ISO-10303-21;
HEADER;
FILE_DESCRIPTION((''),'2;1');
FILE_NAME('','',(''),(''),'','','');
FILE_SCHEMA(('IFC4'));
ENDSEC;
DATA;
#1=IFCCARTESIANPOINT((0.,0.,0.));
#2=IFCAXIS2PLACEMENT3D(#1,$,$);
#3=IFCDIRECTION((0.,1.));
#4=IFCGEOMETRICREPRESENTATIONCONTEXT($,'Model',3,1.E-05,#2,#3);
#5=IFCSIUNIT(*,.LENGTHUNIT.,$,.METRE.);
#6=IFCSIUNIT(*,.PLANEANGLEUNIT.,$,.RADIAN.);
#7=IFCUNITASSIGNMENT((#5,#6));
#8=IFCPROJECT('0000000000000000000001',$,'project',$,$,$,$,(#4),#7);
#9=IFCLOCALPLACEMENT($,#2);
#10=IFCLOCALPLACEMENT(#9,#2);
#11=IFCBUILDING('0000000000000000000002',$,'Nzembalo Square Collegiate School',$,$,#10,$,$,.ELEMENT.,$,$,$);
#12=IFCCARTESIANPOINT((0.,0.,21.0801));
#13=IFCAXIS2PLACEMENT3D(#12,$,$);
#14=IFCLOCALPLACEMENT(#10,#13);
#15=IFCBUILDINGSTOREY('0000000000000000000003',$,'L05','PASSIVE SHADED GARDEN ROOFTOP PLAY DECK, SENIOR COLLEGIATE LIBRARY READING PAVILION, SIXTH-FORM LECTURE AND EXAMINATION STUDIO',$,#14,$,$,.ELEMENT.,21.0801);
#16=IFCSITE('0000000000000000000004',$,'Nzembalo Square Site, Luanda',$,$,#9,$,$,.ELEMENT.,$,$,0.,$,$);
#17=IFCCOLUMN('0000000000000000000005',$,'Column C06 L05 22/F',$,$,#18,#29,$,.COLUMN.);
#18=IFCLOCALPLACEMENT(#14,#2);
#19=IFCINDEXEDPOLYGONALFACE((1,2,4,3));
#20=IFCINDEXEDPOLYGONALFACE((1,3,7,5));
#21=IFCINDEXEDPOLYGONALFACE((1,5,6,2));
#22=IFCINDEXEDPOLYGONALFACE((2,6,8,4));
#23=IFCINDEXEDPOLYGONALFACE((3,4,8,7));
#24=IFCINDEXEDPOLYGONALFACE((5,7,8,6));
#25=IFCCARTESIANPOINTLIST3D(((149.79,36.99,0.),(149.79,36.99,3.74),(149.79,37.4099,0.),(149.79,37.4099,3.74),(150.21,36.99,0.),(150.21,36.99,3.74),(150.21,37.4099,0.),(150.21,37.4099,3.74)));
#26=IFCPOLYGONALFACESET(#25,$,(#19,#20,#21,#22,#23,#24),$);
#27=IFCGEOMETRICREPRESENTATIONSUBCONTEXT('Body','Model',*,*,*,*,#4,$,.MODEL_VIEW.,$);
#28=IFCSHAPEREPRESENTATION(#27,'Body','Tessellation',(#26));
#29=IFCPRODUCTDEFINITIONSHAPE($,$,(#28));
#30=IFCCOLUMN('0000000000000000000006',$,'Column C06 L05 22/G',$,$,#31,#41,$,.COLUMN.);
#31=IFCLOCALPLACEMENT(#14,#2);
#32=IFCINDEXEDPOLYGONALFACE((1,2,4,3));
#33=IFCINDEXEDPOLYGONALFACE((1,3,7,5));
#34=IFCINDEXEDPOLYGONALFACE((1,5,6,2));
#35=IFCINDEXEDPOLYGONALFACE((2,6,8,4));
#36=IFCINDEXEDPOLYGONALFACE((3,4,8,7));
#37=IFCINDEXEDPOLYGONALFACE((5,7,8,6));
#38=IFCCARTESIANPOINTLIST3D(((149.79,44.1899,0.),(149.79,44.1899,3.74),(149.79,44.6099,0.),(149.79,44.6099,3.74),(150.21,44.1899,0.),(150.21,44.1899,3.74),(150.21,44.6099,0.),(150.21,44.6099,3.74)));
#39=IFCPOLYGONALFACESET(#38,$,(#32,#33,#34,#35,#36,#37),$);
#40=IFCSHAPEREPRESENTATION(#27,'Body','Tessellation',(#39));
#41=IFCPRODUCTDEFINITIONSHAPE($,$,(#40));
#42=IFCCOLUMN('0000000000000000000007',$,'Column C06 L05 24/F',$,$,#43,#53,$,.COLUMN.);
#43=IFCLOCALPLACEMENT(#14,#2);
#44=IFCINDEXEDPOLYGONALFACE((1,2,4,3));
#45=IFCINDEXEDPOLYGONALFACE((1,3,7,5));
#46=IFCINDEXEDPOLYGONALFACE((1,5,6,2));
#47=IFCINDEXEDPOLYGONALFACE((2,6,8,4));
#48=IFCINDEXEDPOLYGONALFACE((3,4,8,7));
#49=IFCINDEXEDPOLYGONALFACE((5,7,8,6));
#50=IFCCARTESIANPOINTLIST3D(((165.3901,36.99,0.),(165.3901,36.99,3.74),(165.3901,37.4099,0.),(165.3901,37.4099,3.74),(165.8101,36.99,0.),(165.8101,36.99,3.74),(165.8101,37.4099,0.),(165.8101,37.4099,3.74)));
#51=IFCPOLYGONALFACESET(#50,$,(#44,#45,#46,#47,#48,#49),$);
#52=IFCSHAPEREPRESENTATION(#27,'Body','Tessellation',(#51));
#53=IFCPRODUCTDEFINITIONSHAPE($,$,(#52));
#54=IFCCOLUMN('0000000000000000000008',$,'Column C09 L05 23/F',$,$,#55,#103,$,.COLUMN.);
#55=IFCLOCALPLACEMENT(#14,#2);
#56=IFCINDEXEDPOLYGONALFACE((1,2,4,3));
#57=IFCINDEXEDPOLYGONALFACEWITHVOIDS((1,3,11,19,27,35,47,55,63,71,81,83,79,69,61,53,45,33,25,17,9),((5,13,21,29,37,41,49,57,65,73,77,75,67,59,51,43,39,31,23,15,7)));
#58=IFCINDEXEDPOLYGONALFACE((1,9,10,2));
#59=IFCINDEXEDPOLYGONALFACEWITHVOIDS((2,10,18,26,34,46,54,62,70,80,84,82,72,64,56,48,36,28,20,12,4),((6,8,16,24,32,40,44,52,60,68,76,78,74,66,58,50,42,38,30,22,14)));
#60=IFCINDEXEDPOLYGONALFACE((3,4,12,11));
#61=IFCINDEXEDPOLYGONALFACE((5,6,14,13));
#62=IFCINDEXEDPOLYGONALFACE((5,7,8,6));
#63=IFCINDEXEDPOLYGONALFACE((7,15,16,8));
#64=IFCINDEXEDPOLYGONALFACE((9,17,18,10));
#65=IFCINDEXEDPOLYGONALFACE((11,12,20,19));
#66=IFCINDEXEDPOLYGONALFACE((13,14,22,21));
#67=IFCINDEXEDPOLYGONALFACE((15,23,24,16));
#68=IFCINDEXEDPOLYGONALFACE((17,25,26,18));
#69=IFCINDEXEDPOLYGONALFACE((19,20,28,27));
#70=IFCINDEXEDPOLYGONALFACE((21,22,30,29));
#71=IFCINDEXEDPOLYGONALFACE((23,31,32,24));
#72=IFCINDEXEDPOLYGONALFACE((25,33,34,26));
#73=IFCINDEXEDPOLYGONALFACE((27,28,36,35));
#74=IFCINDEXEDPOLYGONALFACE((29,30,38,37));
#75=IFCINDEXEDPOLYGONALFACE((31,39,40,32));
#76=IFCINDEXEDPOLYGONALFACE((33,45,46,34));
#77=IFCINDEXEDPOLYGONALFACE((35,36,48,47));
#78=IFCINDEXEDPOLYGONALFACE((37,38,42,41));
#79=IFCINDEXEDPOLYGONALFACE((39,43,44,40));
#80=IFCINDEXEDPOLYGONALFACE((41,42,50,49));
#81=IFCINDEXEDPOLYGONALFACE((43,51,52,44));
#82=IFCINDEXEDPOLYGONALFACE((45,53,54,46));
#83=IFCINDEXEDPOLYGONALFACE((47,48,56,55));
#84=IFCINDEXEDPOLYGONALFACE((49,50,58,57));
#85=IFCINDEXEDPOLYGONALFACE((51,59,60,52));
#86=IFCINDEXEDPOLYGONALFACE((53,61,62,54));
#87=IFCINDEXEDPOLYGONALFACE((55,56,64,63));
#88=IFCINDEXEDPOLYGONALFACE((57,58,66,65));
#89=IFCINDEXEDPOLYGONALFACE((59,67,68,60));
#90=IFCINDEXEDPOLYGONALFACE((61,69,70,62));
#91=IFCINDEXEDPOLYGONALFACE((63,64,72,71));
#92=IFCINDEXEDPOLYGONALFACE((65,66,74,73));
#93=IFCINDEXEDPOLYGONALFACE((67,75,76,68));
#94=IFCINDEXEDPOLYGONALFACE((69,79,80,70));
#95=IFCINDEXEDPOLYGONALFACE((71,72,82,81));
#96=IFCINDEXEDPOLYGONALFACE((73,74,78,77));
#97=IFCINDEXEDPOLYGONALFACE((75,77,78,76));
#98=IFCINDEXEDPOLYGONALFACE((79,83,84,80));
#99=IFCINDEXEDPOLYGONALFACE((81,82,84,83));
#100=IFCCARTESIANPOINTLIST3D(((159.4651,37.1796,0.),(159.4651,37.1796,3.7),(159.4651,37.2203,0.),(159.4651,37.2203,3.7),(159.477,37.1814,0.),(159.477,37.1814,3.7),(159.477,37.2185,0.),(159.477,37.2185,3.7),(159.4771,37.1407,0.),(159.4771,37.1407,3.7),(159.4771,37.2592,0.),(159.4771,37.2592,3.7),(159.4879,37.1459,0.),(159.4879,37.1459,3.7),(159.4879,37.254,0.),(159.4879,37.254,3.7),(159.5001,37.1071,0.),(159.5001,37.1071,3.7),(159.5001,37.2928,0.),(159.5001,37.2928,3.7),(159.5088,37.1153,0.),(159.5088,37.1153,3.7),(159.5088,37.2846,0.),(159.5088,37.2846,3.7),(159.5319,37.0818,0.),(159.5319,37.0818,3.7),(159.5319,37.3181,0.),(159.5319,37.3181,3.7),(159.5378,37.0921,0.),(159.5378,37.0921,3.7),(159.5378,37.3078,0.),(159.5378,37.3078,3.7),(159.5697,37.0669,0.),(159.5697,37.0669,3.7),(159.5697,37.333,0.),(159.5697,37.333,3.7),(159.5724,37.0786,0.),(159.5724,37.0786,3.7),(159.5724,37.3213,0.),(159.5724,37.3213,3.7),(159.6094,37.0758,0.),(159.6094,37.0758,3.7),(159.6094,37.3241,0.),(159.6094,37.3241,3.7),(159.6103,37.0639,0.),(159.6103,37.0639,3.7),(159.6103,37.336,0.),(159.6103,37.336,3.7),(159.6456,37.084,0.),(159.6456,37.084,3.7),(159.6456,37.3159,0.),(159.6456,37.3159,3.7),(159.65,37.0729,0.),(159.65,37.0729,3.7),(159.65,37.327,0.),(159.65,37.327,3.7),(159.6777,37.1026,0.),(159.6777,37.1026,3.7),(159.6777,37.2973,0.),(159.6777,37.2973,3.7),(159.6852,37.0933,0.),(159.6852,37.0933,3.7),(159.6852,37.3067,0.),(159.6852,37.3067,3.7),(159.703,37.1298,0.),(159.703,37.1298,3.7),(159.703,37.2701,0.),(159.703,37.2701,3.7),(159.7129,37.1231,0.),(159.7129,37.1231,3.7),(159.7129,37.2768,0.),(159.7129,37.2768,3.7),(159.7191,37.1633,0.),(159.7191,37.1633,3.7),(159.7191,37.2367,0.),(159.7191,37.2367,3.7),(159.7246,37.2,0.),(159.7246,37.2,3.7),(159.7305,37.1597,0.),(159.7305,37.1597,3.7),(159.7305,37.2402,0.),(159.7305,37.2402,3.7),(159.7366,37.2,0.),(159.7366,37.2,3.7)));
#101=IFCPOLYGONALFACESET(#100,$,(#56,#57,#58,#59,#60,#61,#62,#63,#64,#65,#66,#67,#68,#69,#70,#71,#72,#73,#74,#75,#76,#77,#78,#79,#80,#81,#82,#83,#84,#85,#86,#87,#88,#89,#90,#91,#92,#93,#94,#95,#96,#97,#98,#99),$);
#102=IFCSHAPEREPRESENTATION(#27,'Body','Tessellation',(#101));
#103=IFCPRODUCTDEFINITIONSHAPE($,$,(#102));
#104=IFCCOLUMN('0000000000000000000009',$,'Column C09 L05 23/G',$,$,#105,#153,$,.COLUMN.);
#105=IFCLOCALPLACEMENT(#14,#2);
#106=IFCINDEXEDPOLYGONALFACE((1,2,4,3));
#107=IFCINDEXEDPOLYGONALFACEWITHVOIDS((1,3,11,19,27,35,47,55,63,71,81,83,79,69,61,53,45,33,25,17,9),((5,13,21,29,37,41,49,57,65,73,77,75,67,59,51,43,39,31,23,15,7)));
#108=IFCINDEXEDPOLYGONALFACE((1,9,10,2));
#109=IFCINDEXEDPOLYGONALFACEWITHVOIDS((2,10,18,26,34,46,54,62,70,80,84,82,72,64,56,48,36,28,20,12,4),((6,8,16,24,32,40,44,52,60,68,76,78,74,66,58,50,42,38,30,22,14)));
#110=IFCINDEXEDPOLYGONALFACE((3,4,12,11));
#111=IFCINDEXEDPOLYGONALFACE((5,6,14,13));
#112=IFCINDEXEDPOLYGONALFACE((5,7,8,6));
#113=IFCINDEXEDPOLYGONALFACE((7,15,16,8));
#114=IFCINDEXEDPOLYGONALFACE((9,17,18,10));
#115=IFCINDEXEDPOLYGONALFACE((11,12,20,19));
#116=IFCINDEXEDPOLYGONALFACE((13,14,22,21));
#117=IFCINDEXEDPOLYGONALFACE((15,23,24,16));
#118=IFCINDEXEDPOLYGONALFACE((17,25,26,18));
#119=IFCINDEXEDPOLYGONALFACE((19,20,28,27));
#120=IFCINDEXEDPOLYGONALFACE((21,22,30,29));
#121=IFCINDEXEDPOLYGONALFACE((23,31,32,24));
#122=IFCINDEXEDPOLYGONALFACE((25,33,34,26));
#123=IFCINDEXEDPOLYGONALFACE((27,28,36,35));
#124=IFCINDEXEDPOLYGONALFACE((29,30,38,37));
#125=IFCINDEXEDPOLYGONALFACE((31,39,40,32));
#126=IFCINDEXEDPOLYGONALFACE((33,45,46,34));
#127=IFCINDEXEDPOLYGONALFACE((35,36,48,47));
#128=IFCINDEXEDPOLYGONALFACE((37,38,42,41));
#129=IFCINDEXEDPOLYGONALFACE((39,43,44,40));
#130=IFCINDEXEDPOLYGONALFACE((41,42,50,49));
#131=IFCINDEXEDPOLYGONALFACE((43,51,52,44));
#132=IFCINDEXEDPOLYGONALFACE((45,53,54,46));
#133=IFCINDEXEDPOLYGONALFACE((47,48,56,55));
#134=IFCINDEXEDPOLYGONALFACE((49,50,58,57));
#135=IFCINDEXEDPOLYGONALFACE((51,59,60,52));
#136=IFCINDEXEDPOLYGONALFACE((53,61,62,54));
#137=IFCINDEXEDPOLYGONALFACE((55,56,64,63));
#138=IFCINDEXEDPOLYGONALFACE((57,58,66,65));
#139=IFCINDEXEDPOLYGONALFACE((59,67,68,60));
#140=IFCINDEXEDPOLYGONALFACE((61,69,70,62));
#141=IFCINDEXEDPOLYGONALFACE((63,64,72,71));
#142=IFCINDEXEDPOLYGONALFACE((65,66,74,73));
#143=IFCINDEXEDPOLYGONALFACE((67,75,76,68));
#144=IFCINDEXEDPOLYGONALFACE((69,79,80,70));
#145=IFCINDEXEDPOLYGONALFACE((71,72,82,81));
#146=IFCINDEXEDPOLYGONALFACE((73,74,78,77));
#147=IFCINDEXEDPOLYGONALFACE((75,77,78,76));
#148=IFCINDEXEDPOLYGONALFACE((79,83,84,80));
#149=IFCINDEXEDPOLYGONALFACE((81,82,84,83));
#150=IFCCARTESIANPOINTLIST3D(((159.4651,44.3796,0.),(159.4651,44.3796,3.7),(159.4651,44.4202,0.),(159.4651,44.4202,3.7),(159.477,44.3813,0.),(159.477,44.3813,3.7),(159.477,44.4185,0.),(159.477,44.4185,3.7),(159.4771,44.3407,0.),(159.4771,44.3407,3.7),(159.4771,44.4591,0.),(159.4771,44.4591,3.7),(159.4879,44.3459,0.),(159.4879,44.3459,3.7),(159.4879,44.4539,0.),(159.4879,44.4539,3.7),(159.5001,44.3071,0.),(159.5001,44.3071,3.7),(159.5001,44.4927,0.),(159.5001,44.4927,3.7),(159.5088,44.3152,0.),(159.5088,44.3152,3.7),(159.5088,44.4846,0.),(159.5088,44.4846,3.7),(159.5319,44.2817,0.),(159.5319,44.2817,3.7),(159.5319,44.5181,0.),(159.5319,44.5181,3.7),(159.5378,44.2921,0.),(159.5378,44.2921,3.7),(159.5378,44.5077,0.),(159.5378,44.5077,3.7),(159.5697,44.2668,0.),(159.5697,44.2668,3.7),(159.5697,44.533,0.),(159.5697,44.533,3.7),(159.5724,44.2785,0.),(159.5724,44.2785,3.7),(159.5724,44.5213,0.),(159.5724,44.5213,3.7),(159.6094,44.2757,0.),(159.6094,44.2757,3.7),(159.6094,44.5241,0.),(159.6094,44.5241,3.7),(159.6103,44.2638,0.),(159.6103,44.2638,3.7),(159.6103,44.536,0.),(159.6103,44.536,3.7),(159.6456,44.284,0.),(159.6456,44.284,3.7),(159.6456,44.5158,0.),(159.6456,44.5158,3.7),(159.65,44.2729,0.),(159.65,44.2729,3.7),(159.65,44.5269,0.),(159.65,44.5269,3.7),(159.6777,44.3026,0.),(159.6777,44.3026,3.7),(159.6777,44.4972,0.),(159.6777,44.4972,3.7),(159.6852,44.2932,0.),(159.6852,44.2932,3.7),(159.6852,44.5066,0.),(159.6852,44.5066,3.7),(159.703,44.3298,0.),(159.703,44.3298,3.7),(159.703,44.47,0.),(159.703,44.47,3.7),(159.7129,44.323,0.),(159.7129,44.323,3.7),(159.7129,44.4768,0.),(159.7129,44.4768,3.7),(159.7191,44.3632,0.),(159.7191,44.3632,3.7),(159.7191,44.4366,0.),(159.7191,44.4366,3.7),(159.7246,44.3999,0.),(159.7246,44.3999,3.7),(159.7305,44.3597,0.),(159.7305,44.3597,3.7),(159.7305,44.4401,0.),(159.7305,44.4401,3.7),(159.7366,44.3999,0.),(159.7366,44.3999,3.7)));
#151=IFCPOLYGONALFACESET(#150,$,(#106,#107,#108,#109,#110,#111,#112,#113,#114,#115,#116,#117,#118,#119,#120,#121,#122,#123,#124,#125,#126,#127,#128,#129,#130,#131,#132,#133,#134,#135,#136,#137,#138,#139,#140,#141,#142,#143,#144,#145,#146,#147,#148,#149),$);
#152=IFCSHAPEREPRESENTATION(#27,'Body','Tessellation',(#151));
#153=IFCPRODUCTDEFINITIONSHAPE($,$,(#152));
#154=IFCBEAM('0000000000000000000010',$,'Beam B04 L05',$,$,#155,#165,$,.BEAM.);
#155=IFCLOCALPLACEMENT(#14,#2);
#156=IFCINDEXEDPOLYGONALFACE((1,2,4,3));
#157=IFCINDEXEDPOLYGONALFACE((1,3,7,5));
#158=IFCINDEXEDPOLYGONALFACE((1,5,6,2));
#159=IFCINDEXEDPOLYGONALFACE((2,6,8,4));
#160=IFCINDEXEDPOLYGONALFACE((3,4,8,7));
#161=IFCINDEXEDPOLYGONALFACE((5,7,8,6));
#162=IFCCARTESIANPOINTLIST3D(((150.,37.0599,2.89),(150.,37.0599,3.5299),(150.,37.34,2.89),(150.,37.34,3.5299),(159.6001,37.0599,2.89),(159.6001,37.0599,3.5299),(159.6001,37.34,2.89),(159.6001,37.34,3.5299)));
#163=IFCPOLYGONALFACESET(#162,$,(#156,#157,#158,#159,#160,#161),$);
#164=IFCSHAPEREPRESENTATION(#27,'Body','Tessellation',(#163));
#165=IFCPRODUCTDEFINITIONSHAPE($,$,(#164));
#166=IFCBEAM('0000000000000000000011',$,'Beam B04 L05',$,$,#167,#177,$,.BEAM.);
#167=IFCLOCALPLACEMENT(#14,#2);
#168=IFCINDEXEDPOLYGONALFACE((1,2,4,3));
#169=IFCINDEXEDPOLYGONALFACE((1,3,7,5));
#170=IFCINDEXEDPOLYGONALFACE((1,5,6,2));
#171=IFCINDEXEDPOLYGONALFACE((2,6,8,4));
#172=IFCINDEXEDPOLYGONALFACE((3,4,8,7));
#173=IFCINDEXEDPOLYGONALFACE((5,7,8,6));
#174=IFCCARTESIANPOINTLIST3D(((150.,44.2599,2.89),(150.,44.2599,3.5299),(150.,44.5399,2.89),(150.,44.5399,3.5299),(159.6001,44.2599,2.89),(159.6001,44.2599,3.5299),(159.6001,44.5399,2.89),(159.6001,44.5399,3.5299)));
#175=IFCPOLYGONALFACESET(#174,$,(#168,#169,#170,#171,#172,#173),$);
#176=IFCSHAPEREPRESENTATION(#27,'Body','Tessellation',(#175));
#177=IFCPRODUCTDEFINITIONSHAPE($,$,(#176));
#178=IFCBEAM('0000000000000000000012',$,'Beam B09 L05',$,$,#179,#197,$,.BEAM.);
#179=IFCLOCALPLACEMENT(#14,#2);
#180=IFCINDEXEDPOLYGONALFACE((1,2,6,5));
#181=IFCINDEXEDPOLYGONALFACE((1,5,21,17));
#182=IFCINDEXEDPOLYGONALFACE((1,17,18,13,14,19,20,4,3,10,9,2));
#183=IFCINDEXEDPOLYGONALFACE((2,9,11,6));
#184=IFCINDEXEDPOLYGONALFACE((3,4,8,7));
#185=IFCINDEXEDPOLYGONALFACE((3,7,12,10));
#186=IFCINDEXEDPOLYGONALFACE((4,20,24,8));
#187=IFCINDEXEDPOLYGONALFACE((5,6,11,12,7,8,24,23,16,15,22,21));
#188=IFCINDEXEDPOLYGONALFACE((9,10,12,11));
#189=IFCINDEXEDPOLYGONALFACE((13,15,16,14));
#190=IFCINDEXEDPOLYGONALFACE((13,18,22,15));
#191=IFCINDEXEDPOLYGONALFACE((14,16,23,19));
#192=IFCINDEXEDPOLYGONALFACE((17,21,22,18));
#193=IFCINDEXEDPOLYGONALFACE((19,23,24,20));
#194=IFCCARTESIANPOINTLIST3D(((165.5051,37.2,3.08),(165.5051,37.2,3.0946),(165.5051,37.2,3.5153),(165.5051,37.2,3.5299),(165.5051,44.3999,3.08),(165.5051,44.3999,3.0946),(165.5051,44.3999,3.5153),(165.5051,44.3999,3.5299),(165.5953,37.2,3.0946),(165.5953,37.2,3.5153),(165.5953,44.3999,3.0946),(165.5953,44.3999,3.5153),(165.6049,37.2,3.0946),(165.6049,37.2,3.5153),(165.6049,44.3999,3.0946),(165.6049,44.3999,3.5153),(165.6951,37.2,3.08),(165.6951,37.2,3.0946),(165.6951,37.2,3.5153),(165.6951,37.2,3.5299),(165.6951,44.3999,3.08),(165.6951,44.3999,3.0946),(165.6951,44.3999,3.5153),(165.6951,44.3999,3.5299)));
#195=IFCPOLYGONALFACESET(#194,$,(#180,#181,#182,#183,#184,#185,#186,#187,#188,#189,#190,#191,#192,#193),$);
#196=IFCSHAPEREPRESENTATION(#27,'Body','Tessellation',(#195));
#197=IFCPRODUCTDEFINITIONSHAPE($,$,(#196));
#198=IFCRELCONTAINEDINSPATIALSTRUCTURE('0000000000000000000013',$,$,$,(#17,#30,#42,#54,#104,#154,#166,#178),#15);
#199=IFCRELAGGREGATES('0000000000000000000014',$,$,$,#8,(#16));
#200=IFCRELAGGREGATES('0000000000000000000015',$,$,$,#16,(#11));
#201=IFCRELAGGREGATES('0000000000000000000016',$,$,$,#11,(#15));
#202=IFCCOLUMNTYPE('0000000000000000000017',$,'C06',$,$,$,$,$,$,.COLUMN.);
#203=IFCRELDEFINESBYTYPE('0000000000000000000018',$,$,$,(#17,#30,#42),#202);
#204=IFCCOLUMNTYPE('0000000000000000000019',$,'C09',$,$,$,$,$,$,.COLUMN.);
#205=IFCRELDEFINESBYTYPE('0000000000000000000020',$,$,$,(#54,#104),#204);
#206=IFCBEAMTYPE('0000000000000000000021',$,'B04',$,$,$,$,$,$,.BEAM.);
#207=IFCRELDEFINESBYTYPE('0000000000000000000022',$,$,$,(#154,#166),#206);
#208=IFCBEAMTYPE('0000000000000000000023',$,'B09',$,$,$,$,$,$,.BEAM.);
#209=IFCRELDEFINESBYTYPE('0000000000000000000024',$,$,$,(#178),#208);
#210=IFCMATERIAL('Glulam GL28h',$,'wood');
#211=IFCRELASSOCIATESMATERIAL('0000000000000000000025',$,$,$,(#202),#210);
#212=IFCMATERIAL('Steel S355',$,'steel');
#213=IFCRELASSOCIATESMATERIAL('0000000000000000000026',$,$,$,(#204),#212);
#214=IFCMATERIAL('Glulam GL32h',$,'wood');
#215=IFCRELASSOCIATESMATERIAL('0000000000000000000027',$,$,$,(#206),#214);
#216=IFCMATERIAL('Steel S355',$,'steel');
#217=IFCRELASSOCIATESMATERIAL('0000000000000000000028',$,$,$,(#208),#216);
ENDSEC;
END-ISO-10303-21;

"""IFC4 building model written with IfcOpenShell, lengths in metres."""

from ifc_helpers import new_model, si_unit, direction, frame, origin, origin_2d, place, context, subcontext, project, spatial, rectangle, hollow_circle, i_section, extrude, material, material_profile, profile_set, type_object, element, save


model = new_model("IFC4")

# Units and contexts
model_context = context("Model", 3, precision=1e-05, world=origin(), true_north=direction((0.0, 1.0)))
body_context = subcontext(model_context, "Body", "Model", "MODEL_VIEW")
ifc_project = project(units=[si_unit("LENGTHUNIT", "METRE"), si_unit("PLANEANGLEUNIT", "RADIAN")], contexts=[model_context])

# Site, building, storey
site_placement = place(None, origin())
site = spatial("IfcSite", under=ifc_project, at=site_placement, Name="Nzembalo Square Site, Luanda", CompositionType="ELEMENT", RefElevation=0.0)
building_placement = place(site_placement, origin())
building = spatial("IfcBuilding", under=site, at=building_placement, Name="Nzembalo Square Collegiate School", CompositionType="ELEMENT")
storey_placement = place(building_placement, frame((0.0, 0.0, 21.0801)))
storey = spatial("IfcBuildingStorey", under=building, at=storey_placement, Name="L05", Description="PASSIVE SHADED GARDEN ROOFTOP PLAY DECK, SENIOR COLLEGIATE LIBRARY READING PAVILION, SIXTH-FORM LECTURE AND EXAMINATION STUDIO", CompositionType="ELEMENT", Elevation=21.0801)

# Columns
ifc_material_1 = material(Name="Glulam GL28h", Category="wood")
ifc_material_profile_1 = material_profile(ifc_material_1, rectangle(XDim=0.4199, YDim=0.4199, at=origin_2d()), Name="GL28h 420x420")
ifc_profile_set_1 = profile_set([ifc_material_profile_1], Name="Glulam GL28h")
column_type_1 = type_object("IfcColumnType", Name="C06", PredefinedType="COLUMN", material=ifc_profile_set_1)
for number, where, z_axis, x_axis, name in (
    (1, (150.0, 37.2, 0.0), (0.0, 0.0, 1.0), (1.0, 0.0, 0.0), "Column C06 L05 22/F"),
    (2, (150.0, 44.3999, 0.0), (0.0, 0.0, 1.0), (1.0, 0.0, 0.0), "Column C06 L05 22/G"),
    (3, (165.6001, 37.2, 0.0), (0.0, 0.0, 1.0), (1.0, 0.0, 0.0), "Column C06 L05 24/F"),
):
    element("IfcColumn", number, at=place(storey_placement, frame(where, z_axis=z_axis, x_axis=x_axis)), inside=storey, type_object=column_type_1, Name=name, PredefinedType="COLUMN", context=body_context, shape_type="SweptSolid", body=[
        extrude(rectangle(XDim=0.4199, YDim=0.4199, at=origin_2d()), origin(), (0.0, 0.0, 1.0), 3.74),
    ])
ifc_material_2 = material(Name="Steel S355", Category="steel")
ifc_material_profile_2 = material_profile(ifc_material_2, hollow_circle(Radius=0.1365, WallThickness=0.012, at=origin_2d()), Name="CHS 273x12")
ifc_profile_set_2 = profile_set([ifc_material_profile_2], Name="Steel S355")
column_type_2 = type_object("IfcColumnType", Name="C09", PredefinedType="COLUMN", material=ifc_profile_set_2)
for number, where, z_axis, x_axis, name in (
    (4, (159.6001, 37.2, 0.0), (0.0, 0.0, 1.0), (1.0, 0.0, 0.0), "Column C09 L05 23/F"),
    (5, (159.6001, 44.3999, 0.0), (0.0, 0.0, 1.0), (1.0, 0.0, 0.0), "Column C09 L05 23/G"),
):
    element("IfcColumn", number, at=place(storey_placement, frame(where, z_axis=z_axis, x_axis=x_axis)), inside=storey, type_object=column_type_2, Name=name, PredefinedType="COLUMN", context=body_context, shape_type="SweptSolid", body=[
        extrude(hollow_circle(Radius=0.1365, WallThickness=0.012, at=origin_2d()), origin(), (0.0, 0.0, 1.0), 3.7),
    ])

# Beams
ifc_material_3 = material(Name="Glulam GL32h", Category="wood")
ifc_material_profile_3 = material_profile(ifc_material_3, rectangle(XDim=0.28, YDim=0.6399, at=origin_2d()), Name="GL32h 280x640")
ifc_profile_set_3 = profile_set([ifc_material_profile_3], Name="Glulam GL32h")
beam_type_1 = type_object("IfcBeamType", Name="B04", PredefinedType="BEAM", material=ifc_profile_set_3)
for number, where, z_axis, x_axis, name in (
    (6, (150.0, 37.2, 3.21), (1.0, 0.0, 0.0), (0.0, 1.0, 0.0), "Beam B04 L05"),
    (7, (150.0, 44.3999, 3.21), (1.0, 0.0, 0.0), (0.0, 1.0, 0.0), "Beam B04 L05"),
):
    element("IfcBeam", number, at=place(storey_placement, frame(where, z_axis=z_axis, x_axis=x_axis)), inside=storey, type_object=beam_type_1, Name=name, PredefinedType="BEAM", context=body_context, shape_type="SweptSolid", body=[
        extrude(rectangle(XDim=0.28, YDim=0.6399, at=origin_2d()), origin(), (0.0, 0.0, 1.0), 9.6001),
    ])
ifc_material_4 = material(Name="Steel S355", Category="steel")
ifc_material_profile_4 = material_profile(ifc_material_4, i_section(OverallWidth=0.1899, OverallDepth=0.45, WebThickness=0.0095, FlangeThickness=0.0146, at=origin_2d()), Name="IPE 450")
ifc_profile_set_4 = profile_set([ifc_material_profile_4], Name="Steel S355")
beam_type_2 = type_object("IfcBeamType", Name="B09", PredefinedType="BEAM", material=ifc_profile_set_4)
beam_1_placement = place(storey_placement, frame((165.6001, 37.2, 3.3049), z_axis=(0.0, 1.0, 0.0), x_axis=(-1.0, 0.0, 0.0)))
element("IfcBeam", 8, at=beam_1_placement, inside=storey, type_object=beam_type_2, Name="Beam B09 L05", PredefinedType="BEAM", context=body_context, shape_type="SweptSolid", body=[
    extrude(i_section(OverallWidth=0.1899, OverallDepth=0.45, WebThickness=0.0095, FlangeThickness=0.0146, at=origin_2d()), origin(), (0.0, 0.0, 1.0), 7.2),
])

save(model, "model.ifc")
